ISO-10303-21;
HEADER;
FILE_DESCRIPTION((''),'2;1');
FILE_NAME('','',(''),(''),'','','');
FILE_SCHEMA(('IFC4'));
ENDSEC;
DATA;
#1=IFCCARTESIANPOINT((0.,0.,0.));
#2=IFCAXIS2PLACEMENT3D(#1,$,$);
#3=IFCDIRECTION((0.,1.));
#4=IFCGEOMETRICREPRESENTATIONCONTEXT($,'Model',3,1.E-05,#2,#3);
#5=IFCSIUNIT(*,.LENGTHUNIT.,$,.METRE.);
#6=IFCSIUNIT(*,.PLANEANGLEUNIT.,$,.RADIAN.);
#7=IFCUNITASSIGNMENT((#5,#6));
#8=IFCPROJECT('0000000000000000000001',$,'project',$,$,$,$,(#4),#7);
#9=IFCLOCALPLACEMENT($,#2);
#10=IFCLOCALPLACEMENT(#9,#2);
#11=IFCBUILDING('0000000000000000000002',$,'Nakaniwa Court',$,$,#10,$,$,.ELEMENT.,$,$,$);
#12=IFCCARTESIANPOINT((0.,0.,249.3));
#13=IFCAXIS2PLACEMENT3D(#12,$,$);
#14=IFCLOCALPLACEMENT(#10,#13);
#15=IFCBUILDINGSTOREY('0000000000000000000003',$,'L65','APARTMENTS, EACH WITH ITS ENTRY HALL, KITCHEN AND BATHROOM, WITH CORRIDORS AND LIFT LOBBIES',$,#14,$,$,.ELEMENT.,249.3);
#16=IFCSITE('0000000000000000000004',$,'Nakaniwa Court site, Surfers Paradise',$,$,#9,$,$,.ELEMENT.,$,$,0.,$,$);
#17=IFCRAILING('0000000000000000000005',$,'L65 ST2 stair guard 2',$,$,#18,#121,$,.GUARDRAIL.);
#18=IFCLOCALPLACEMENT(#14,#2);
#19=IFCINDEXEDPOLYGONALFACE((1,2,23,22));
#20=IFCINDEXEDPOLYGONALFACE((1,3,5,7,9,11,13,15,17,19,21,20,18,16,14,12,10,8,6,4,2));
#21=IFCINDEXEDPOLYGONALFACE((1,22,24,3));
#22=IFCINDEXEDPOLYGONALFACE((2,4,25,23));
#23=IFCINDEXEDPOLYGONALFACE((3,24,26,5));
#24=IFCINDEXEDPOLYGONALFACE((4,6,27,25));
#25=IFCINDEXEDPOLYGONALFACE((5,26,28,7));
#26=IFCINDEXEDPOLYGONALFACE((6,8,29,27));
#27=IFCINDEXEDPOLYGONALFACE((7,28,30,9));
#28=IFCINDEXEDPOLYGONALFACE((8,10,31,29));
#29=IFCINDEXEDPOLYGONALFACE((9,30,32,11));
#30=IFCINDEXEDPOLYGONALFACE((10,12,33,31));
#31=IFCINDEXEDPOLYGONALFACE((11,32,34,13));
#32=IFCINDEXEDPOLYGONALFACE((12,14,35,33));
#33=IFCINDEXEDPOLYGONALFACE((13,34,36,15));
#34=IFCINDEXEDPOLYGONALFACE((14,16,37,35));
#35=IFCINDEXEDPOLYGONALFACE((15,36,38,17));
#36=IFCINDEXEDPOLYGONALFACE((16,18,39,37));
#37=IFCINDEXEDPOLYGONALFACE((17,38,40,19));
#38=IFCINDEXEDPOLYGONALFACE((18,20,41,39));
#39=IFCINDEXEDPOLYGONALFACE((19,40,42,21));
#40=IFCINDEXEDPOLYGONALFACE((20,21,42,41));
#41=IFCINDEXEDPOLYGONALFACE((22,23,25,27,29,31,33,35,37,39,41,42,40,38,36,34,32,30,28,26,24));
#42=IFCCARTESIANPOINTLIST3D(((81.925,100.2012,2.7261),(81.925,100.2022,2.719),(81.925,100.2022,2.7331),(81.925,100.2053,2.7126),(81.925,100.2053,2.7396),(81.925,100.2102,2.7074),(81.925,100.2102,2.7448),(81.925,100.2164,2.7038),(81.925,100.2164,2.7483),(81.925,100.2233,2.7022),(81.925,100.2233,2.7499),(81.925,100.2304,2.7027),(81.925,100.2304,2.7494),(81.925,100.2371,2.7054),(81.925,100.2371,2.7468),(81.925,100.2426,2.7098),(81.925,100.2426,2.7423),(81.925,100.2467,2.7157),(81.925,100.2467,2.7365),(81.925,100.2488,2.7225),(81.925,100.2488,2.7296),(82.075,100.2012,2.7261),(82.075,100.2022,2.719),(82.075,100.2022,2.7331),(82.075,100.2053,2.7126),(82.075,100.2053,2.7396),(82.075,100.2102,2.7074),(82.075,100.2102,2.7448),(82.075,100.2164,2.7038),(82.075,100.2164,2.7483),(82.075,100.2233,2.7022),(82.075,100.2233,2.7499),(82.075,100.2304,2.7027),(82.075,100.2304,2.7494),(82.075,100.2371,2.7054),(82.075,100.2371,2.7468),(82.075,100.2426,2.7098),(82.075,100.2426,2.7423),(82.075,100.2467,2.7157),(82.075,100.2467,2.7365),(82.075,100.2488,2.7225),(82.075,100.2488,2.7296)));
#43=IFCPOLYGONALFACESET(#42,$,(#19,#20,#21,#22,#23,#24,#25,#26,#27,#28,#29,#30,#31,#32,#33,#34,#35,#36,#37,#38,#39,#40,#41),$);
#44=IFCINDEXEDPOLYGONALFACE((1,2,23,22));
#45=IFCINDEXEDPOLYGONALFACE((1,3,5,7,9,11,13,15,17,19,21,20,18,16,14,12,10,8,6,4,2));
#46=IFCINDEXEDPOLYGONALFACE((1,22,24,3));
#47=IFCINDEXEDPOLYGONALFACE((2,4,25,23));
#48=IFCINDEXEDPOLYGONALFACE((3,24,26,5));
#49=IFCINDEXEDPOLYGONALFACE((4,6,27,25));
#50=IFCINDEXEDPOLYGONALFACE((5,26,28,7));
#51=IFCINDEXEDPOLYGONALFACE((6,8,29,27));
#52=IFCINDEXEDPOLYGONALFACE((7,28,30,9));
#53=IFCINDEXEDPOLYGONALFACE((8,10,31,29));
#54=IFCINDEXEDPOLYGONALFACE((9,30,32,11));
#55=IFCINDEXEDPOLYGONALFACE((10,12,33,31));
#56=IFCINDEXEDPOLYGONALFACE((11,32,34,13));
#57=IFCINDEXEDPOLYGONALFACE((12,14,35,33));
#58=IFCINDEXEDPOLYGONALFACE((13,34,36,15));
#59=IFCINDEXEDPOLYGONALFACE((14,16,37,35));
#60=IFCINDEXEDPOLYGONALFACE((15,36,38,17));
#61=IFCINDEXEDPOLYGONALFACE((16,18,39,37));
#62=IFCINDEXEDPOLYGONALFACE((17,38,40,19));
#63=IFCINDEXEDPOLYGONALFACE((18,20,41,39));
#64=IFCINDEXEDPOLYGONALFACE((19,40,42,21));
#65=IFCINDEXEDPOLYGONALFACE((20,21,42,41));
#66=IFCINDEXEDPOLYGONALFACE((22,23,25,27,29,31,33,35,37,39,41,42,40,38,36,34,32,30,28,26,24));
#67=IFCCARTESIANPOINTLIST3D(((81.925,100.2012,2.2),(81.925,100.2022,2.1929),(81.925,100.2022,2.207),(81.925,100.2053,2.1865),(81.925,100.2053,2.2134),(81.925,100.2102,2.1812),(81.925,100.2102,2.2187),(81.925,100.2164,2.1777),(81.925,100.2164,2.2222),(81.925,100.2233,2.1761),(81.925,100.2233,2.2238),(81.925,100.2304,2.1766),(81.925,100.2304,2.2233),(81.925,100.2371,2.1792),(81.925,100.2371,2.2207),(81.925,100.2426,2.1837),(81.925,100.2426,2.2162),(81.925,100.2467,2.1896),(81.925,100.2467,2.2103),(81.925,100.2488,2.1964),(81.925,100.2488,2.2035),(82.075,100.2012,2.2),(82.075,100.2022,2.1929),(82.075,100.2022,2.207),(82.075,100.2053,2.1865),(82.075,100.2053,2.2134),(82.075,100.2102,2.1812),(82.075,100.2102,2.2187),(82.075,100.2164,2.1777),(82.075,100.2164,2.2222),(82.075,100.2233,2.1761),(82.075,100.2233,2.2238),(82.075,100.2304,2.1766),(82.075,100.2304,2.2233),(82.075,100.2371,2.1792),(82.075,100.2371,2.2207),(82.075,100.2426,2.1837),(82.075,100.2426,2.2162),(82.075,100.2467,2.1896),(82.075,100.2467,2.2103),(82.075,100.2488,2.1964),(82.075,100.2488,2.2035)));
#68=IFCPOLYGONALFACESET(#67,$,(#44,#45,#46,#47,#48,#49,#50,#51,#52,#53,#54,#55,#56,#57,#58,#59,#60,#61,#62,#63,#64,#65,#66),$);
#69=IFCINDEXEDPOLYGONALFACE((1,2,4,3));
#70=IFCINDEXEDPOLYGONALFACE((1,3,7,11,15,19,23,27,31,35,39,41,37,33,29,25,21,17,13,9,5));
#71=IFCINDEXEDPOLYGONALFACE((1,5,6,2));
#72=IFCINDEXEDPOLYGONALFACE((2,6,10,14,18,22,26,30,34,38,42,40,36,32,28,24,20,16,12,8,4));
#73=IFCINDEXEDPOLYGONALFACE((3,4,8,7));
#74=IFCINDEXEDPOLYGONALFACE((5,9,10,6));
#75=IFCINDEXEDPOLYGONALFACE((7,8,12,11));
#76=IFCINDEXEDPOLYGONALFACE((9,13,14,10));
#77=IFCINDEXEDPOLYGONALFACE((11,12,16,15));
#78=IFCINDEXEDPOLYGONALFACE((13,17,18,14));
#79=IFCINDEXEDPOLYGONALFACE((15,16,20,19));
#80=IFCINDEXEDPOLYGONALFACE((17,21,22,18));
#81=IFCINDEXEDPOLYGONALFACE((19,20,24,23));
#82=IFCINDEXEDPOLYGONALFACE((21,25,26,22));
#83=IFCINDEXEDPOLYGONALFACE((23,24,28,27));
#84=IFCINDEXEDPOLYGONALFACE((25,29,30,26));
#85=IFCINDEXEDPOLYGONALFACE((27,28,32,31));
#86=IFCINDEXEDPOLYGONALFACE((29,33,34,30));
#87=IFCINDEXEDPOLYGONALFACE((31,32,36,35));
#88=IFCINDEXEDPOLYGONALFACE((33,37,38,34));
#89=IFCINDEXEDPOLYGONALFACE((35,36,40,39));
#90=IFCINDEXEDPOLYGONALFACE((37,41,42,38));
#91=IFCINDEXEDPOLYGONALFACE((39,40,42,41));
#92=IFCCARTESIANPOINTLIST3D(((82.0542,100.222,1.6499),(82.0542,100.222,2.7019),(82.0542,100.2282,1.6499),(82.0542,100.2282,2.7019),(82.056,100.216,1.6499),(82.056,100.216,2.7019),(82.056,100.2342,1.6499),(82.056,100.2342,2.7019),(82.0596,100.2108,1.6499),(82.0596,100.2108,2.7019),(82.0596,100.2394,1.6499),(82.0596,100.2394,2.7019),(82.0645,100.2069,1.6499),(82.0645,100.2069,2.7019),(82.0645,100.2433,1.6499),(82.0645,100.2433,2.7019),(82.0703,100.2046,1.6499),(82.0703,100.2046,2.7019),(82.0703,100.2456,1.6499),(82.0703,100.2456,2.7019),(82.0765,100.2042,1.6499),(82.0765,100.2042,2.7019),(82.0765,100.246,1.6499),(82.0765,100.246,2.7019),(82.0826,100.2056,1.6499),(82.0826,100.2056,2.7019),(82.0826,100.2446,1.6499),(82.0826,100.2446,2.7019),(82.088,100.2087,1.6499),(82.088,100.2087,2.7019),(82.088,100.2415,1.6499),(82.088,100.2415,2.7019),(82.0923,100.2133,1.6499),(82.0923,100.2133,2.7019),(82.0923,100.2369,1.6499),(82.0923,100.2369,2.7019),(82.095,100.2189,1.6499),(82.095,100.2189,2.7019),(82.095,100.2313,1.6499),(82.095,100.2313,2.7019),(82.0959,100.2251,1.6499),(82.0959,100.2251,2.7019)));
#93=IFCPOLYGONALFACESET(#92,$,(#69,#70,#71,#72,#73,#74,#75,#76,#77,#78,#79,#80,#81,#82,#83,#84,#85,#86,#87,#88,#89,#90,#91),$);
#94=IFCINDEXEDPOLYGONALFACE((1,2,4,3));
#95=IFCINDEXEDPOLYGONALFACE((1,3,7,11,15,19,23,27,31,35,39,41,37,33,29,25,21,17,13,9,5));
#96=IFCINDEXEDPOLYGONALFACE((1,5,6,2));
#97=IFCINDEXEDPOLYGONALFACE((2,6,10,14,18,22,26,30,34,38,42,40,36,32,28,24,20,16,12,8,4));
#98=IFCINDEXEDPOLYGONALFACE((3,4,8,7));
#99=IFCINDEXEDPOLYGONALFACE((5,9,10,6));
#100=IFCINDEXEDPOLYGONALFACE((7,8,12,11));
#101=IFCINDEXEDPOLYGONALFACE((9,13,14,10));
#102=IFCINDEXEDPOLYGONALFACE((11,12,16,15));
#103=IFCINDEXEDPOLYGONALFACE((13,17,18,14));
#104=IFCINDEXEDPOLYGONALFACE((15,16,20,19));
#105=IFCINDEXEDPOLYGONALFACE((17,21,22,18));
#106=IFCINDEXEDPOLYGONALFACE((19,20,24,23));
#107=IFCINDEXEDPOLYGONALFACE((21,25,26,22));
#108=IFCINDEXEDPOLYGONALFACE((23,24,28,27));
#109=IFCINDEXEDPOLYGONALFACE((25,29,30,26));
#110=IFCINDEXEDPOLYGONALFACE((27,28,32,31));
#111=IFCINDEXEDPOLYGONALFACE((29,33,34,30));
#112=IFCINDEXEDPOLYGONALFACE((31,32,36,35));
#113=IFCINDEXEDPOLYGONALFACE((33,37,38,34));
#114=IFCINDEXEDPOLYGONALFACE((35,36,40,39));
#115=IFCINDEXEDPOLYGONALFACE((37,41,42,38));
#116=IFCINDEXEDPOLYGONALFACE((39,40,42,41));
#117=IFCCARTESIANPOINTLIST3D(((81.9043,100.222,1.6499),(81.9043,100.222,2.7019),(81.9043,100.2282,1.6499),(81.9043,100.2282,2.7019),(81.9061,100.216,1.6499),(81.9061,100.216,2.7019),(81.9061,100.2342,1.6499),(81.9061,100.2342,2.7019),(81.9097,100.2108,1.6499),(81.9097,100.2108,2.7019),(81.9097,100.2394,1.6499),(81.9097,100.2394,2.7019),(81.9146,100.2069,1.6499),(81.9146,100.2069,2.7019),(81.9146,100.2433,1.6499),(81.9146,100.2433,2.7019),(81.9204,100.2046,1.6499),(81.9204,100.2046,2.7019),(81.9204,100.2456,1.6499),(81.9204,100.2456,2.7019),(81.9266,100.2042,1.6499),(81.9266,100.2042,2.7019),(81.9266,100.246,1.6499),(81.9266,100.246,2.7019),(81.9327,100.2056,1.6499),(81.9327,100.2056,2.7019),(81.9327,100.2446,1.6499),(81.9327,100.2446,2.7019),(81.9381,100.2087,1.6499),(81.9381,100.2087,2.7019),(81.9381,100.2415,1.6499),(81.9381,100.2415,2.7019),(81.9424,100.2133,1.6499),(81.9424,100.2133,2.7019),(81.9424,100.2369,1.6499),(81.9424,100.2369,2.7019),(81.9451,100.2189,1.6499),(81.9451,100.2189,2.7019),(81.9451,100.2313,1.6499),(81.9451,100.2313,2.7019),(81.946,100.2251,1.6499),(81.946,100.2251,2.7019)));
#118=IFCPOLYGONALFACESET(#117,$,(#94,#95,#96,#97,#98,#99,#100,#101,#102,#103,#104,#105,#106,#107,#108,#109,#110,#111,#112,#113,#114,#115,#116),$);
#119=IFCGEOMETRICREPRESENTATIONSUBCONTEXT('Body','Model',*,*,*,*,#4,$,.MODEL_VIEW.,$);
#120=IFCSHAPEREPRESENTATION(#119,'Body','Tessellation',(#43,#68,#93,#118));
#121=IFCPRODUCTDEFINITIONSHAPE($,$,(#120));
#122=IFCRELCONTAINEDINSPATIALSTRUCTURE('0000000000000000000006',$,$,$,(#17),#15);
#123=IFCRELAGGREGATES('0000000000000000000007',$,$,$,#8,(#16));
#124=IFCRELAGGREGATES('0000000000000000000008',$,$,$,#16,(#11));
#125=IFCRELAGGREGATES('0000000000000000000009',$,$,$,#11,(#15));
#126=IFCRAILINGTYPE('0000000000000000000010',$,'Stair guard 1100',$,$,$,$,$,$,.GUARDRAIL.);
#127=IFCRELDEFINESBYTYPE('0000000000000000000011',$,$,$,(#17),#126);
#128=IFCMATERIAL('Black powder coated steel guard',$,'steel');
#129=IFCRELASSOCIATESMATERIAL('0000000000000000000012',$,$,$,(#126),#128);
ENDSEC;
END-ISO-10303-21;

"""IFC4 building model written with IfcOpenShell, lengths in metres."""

from ifc_helpers import new_model, si_unit, direction, frame, origin, origin_2d, place, context, subcontext, project, spatial, circle, extrude, material, type_object, element, save


model = new_model("IFC4")

# Units and contexts
model_context = context("Model", 3, precision=1e-05, world=origin(), true_north=direction((0.0, 1.0)))
body_context = subcontext(model_context, "Body", "Model", "MODEL_VIEW")
ifc_project = project(units=[si_unit("LENGTHUNIT", "METRE"), si_unit("PLANEANGLEUNIT", "RADIAN")], contexts=[model_context])

# Site, building, storey
site_placement = place(None, origin())
site = spatial("IfcSite", under=ifc_project, at=site_placement, Name="Nakaniwa Court site, Surfers Paradise", CompositionType="ELEMENT", RefElevation=0.0)
building_placement = place(site_placement, origin())
building = spatial("IfcBuilding", under=site, at=building_placement, Name="Nakaniwa Court", CompositionType="ELEMENT")
storey_placement = place(building_placement, frame((0.0, 0.0, 249.3)))
storey = spatial("IfcBuildingStorey", under=building, at=storey_placement, Name="L65", Description="APARTMENTS, EACH WITH ITS ENTRY HALL, KITCHEN AND BATHROOM, WITH CORRIDORS AND LIFT LOBBIES", CompositionType="ELEMENT", Elevation=249.3)

# Railing
ifc_material_1 = material(Name="Black powder coated steel guard", Category="steel")
railing_type_1 = type_object("IfcRailingType", Name="Stair guard 1100", PredefinedType="GUARDRAIL", material=ifc_material_1)
railing_1_placement = place(storey_placement, frame((82.075, 100.2251, 1.6499)))
element("IfcRailing", 1, at=railing_1_placement, inside=storey, type_object=railing_type_1, Name="L65 ST2 stair guard 2", PredefinedType="GUARDRAIL", context=body_context, shape_type="SweptSolid", body=[
    extrude(circle(Radius=0.0239, at=origin_2d()), frame((0.0, 0.0, 1.0762), z_axis=(-1.0, 0.0, 0.0), x_axis=(0.0, -1.0, 0.0)), (0.0, 0.0, 1.0), 0.1499),
    extrude(circle(Radius=0.0239, at=origin_2d()), frame((0.0, 0.0, 0.55), z_axis=(-1.0, 0.0, 0.0), x_axis=(0.0, -1.0, 0.0)), (0.0, 0.0, 1.0), 0.1499),
    extrude(circle(Radius=0.021, at=origin_2d()), origin(), (0.0, 0.0, 1.0), 1.052),
    extrude(circle(Radius=0.021, at=origin_2d()), frame((-0.1499, 0.0, 0.0)), (0.0, 0.0, 1.0), 1.052),
])

save(model, "model.ifc")
